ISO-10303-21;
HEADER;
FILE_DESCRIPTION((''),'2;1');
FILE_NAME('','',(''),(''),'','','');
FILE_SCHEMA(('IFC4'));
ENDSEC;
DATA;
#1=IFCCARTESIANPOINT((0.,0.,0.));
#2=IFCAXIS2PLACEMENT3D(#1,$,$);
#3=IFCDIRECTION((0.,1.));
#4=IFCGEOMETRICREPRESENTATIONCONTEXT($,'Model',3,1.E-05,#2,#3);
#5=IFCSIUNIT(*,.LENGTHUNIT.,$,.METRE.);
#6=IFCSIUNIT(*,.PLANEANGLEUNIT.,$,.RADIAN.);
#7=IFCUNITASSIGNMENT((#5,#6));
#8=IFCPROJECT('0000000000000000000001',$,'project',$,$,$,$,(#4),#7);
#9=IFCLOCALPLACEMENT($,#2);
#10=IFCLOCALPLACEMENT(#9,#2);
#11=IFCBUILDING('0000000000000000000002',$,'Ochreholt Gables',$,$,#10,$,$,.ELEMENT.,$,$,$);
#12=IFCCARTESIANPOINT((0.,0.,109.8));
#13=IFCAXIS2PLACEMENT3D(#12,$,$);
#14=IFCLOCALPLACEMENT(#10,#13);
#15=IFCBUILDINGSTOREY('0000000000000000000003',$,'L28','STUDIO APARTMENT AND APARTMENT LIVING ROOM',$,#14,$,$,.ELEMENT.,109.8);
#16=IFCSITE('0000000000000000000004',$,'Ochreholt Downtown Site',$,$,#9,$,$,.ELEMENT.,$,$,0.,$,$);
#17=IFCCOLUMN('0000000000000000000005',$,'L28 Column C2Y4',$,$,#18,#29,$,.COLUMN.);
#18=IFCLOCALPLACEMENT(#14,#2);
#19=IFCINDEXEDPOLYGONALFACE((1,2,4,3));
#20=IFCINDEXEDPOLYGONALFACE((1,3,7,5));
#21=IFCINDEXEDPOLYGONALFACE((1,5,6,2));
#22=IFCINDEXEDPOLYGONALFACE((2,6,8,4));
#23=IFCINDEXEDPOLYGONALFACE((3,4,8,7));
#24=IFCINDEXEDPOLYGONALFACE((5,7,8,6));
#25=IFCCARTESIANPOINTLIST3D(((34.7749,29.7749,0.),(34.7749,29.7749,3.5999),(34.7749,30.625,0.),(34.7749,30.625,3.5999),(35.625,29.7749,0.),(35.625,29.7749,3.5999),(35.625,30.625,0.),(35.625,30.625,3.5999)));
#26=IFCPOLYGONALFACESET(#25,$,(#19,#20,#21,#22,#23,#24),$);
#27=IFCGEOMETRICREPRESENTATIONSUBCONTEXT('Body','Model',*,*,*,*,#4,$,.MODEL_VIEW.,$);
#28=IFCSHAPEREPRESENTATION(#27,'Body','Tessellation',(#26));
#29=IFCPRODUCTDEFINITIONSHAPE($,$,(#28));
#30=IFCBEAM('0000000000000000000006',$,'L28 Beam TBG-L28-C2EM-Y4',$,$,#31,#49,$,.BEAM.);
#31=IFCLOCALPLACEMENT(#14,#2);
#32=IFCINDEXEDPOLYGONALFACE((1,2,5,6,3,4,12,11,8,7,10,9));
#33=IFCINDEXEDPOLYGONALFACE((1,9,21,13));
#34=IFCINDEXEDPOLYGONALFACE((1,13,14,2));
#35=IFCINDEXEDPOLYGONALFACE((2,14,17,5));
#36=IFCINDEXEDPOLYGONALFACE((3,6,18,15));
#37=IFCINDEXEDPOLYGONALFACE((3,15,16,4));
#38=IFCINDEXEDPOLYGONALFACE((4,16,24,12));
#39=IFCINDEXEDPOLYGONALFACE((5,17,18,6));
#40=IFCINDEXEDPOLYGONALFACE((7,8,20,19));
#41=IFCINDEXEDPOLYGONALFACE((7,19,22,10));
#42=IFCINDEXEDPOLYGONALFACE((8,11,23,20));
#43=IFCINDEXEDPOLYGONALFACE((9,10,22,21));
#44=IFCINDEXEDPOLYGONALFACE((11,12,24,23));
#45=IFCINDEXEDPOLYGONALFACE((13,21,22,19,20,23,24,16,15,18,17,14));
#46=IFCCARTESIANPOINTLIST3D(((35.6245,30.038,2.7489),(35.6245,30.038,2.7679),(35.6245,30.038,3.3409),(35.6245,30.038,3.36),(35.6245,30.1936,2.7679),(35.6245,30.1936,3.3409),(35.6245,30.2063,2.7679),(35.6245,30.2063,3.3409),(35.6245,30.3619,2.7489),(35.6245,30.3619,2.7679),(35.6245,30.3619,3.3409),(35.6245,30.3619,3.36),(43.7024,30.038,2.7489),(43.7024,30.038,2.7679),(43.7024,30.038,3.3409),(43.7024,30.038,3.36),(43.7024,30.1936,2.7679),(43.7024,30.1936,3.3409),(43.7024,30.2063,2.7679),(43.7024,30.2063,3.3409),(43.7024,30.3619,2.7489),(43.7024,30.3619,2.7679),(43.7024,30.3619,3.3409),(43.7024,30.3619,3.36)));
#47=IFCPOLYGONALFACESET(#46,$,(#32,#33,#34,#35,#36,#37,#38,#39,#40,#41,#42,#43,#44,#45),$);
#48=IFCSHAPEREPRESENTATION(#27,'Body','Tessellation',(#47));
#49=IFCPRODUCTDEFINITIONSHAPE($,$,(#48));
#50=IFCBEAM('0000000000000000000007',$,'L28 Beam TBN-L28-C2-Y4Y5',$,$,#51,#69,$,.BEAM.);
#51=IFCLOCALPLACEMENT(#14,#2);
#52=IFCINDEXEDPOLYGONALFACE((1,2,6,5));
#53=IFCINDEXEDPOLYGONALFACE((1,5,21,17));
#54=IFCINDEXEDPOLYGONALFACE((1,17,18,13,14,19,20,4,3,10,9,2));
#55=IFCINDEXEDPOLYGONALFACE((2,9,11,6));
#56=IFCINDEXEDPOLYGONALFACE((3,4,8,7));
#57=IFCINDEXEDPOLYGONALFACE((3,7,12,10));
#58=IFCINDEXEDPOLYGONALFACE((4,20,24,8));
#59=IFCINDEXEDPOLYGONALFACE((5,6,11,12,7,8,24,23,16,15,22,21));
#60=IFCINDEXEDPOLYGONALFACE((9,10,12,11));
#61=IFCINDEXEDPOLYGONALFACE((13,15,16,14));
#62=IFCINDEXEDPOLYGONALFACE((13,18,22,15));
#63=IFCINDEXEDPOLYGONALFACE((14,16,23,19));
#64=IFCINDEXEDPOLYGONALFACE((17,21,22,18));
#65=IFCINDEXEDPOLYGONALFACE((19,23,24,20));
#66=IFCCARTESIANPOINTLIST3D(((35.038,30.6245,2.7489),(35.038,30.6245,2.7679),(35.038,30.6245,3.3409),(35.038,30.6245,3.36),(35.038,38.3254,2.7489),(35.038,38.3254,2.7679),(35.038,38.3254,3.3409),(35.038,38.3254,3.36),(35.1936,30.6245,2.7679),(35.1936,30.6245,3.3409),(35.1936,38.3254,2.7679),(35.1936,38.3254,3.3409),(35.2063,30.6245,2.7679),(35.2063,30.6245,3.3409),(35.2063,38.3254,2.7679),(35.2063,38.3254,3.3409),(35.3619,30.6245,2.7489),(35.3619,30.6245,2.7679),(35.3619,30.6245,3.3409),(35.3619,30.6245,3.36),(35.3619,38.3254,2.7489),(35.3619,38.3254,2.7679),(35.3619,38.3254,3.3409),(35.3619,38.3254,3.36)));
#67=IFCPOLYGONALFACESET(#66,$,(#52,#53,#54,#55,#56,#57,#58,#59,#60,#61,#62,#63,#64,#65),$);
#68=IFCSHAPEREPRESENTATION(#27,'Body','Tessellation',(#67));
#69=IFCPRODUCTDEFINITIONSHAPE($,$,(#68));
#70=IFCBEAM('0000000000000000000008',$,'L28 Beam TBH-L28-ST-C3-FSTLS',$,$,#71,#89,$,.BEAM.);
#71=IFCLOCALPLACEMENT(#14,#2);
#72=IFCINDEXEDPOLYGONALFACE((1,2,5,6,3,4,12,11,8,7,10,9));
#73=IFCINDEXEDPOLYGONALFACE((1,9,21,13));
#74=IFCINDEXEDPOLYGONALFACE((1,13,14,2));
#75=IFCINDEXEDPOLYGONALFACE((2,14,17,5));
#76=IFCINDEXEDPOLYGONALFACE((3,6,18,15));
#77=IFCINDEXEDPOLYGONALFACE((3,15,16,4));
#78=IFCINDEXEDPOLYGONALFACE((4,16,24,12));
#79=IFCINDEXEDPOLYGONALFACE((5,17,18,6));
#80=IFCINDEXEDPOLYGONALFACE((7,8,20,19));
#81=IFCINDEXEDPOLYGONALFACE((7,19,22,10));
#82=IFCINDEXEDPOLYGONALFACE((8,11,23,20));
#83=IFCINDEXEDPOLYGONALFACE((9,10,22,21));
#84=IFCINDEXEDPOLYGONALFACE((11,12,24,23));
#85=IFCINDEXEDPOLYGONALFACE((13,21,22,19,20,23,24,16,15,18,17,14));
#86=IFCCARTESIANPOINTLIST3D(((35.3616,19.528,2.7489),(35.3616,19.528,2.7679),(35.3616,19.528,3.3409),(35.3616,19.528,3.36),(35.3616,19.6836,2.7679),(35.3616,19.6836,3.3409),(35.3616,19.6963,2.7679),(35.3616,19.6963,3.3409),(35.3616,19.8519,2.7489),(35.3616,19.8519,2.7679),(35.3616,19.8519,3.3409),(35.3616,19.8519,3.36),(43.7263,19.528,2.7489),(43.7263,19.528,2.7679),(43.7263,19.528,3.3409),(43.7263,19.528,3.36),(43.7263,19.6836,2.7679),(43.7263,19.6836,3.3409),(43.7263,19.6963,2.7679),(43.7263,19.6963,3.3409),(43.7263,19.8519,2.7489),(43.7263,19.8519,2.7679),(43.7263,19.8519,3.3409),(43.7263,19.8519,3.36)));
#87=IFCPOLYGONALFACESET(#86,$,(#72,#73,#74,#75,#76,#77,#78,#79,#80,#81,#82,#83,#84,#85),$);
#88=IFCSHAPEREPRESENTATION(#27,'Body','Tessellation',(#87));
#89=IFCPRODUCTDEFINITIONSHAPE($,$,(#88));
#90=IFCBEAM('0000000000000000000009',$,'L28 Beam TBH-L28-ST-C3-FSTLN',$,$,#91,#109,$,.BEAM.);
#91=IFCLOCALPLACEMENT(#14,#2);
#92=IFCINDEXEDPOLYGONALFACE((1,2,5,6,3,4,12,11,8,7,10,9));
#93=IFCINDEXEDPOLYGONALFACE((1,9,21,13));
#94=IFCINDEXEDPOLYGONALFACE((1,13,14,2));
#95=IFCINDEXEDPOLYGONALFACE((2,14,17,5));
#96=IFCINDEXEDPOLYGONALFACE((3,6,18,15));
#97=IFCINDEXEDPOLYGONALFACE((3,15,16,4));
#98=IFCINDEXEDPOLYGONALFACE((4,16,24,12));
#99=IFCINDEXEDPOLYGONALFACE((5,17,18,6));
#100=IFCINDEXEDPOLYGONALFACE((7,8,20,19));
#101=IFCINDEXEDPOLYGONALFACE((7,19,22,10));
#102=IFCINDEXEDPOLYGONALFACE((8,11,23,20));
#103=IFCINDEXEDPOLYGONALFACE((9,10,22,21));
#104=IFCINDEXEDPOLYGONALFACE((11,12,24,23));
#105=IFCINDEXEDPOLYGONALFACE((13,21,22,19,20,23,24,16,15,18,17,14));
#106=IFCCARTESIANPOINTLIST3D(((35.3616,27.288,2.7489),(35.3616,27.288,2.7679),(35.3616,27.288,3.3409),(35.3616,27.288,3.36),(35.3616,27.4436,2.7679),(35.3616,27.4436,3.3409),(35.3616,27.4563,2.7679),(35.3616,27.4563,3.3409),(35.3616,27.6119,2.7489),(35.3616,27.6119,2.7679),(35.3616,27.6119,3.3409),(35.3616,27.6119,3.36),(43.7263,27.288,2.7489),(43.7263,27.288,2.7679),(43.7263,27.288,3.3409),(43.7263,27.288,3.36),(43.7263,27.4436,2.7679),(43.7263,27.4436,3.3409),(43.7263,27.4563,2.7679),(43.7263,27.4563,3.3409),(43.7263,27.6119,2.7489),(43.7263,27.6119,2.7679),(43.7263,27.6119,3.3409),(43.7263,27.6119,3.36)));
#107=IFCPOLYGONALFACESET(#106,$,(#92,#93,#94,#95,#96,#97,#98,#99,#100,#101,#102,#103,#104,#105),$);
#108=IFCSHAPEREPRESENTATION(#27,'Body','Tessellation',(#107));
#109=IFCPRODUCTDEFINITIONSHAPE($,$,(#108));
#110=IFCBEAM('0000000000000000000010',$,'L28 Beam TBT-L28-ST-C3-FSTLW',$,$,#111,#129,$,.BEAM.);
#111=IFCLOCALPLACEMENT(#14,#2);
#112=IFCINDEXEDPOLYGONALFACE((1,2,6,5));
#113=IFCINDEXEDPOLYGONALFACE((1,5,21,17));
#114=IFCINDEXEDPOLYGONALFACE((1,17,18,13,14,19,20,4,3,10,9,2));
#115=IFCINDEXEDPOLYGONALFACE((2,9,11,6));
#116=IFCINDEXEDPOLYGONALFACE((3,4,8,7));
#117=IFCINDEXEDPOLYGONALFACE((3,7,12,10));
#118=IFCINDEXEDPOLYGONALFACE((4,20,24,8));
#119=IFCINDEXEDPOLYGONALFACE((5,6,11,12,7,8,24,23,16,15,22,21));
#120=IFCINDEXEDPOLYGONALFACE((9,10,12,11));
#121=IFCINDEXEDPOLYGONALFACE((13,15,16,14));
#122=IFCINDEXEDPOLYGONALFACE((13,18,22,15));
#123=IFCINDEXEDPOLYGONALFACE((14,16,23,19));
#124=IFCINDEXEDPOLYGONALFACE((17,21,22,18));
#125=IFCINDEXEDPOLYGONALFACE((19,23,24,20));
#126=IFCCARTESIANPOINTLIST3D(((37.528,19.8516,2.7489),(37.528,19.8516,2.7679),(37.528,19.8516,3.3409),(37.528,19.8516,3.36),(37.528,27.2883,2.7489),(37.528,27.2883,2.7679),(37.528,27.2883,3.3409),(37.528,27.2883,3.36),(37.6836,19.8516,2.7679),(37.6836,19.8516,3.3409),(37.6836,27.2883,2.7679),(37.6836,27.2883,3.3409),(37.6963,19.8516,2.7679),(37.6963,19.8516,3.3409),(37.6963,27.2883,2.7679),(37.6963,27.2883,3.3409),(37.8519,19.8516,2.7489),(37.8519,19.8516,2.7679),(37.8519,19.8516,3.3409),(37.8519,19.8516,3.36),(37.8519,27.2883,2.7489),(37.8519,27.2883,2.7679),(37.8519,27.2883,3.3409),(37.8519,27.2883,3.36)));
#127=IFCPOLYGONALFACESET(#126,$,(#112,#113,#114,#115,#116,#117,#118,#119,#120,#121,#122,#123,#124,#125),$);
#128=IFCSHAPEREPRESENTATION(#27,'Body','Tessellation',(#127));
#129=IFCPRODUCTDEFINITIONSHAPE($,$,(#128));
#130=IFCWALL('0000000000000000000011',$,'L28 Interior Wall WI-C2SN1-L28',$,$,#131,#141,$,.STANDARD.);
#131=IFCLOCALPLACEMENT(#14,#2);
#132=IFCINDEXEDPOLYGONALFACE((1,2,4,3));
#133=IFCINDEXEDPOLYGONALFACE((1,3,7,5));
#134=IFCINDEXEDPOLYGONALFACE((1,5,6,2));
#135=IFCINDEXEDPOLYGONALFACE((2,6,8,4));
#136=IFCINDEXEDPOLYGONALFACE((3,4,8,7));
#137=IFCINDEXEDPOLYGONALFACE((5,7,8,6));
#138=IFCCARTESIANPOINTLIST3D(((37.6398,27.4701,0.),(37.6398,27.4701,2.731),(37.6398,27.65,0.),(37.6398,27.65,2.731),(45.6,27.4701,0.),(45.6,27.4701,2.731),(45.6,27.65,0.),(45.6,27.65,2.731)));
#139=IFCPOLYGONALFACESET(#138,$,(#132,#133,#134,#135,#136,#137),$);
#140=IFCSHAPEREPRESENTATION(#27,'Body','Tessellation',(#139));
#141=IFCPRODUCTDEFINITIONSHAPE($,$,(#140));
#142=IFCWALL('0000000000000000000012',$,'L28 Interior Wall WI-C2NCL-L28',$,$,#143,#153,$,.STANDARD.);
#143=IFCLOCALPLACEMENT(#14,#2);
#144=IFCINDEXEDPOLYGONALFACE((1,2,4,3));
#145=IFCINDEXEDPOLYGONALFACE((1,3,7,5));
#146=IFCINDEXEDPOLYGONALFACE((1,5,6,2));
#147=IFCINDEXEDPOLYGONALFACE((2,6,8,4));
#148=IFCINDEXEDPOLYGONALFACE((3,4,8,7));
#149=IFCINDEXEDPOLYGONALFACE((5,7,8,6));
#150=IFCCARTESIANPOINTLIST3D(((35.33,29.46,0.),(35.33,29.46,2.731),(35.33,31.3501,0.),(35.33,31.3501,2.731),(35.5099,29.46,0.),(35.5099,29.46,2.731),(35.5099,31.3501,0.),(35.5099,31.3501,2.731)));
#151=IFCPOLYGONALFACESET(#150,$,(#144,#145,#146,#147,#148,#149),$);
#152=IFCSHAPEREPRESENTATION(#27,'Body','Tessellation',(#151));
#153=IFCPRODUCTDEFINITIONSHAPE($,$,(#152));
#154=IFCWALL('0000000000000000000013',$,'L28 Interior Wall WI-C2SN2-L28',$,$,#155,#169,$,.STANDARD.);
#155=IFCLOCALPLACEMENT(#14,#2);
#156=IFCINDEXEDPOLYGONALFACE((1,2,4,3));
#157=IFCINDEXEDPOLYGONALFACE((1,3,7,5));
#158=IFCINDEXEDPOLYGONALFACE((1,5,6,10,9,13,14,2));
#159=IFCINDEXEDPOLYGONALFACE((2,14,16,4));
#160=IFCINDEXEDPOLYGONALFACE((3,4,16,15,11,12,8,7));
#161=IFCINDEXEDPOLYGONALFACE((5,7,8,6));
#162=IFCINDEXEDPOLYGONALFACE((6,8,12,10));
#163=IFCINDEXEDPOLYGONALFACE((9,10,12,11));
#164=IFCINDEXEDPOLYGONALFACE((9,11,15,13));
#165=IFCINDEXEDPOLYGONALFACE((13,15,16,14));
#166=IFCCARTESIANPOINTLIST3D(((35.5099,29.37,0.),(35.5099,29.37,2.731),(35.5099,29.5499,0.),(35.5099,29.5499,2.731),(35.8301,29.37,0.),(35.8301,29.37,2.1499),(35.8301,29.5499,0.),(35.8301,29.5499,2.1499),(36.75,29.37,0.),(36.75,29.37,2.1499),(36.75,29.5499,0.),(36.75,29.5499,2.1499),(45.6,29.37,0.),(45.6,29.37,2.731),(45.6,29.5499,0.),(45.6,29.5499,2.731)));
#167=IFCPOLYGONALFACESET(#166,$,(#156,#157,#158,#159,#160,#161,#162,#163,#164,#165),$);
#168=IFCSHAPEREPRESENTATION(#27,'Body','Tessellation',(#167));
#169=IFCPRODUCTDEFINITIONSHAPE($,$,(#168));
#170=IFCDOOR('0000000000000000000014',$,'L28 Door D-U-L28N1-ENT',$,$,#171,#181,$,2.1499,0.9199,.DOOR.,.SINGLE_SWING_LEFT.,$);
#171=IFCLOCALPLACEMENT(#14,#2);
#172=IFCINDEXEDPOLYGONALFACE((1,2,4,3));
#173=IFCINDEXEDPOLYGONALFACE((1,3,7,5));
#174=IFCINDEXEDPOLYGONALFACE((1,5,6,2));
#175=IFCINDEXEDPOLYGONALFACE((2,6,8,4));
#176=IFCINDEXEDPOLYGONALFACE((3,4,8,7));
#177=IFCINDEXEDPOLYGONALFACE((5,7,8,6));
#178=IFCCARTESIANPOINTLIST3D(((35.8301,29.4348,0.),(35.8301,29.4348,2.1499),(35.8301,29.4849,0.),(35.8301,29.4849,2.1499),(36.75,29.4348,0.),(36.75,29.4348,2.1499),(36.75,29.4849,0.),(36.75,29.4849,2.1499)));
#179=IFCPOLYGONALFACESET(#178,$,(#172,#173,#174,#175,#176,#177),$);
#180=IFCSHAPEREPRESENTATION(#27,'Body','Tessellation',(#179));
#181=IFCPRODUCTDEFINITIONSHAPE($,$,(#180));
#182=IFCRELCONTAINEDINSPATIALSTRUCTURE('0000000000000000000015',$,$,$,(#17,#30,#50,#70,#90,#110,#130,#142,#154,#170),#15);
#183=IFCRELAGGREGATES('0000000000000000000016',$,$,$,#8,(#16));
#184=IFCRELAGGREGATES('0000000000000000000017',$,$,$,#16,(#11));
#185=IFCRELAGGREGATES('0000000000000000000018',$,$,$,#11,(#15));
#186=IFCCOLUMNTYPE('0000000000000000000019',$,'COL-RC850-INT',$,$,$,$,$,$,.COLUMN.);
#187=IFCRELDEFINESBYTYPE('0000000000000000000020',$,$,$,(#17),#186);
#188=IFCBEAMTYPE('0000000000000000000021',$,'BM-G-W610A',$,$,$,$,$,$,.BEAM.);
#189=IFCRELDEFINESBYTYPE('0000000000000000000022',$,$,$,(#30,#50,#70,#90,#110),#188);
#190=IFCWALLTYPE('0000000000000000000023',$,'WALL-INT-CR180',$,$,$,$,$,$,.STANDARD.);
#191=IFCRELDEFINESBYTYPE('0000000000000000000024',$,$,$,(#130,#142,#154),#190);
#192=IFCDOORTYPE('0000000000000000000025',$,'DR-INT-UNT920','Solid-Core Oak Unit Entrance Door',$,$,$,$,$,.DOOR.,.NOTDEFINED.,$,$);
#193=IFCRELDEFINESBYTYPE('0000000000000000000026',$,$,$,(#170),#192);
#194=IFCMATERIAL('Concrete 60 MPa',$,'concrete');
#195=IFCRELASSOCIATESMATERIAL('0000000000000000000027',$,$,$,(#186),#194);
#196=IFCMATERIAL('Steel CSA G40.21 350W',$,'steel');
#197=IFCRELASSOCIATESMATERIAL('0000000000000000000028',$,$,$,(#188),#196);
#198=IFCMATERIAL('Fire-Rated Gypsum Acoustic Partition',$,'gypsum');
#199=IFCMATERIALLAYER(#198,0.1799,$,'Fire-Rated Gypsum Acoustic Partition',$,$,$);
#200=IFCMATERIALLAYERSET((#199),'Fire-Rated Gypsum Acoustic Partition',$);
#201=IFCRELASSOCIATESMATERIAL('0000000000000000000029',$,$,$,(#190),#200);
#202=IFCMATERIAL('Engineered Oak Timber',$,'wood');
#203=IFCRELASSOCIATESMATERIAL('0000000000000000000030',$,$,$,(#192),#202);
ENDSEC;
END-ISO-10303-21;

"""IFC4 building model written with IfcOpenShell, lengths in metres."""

from ifc_helpers import new_model, si_unit, direction, frame, frame_2d, origin, origin_2d, place, context, subcontext, project, spatial, rectangle, i_section, extrude, material, layer, layer_set, material_profile, profile_set, type_object, element, fill, save


model = new_model("IFC4")

# Units and contexts
model_context = context("Model", 3, precision=1e-05, world=origin(), true_north=direction((0.0, 1.0)))
body_context = subcontext(model_context, "Body", "Model", "MODEL_VIEW")
ifc_project = project(units=[si_unit("LENGTHUNIT", "METRE"), si_unit("PLANEANGLEUNIT", "RADIAN")], contexts=[model_context])

# Site, building, storey
site_placement = place(None, origin())
site = spatial("IfcSite", under=ifc_project, at=site_placement, Name="Ochreholt Downtown Site", CompositionType="ELEMENT", RefElevation=0.0)
building_placement = place(site_placement, origin())
building = spatial("IfcBuilding", under=site, at=building_placement, Name="Ochreholt Gables", CompositionType="ELEMENT")
storey_placement = place(building_placement, frame((0.0, 0.0, 109.8)))
storey = spatial("IfcBuildingStorey", under=building, at=storey_placement, Name="L28", Description="STUDIO APARTMENT AND APARTMENT LIVING ROOM", CompositionType="ELEMENT", Elevation=109.8)

# Column
ifc_material_1 = material(Name="Concrete 60 MPa", Category="concrete")
ifc_material_profile_1 = material_profile(ifc_material_1, rectangle(XDim=0.8501, YDim=0.8501, at=origin_2d()), Name="RC850X850")
ifc_profile_set_1 = profile_set([ifc_material_profile_1], Name="Concrete 60 MPa")
column_type = type_object("IfcColumnType", Name="COL-RC850-INT", PredefinedType="COLUMN", material=ifc_profile_set_1)
column_placement = place(storey_placement, frame((35.2, 30.2, 0.0), z_axis=(0.0, 0.0, 1.0), x_axis=(1.0, 0.0, 0.0)))
element("IfcColumn", 1, at=column_placement, inside=storey, type_object=column_type, Name="L28 Column C2Y4", PredefinedType="COLUMN", context=body_context, shape_type="SweptSolid", body=[
    extrude(rectangle(XDim=0.8501, YDim=0.8501, at=origin_2d()), origin(), (0.0, 0.0, 1.0), 3.5999),
])

# Beams
ifc_material_2 = material(Name="Steel CSA G40.21 350W", Category="steel")
ifc_material_profile_2 = material_profile(ifc_material_2, i_section(OverallWidth=0.324, OverallDepth=0.6111, WebThickness=0.0127, FlangeThickness=0.019, at=origin_2d()), Name="W610X155")
ifc_profile_set_2 = profile_set([ifc_material_profile_2], Name="Steel CSA G40.21 350W")
beam_type = type_object("IfcBeamType", Name="BM-G-W610A", PredefinedType="BEAM", material=ifc_profile_set_2)
beam_1_placement = place(storey_placement, frame((35.6245, 30.2, 3.0544), z_axis=(1.0, 0.0, 0.0), x_axis=(0.0, 1.0, 0.0)))
element("IfcBeam", 2, at=beam_1_placement, inside=storey, type_object=beam_type, Name="L28 Beam TBG-L28-C2EM-Y4", PredefinedType="BEAM", context=body_context, shape_type="SweptSolid", body=[
    extrude(i_section(OverallWidth=0.324, OverallDepth=0.6111, WebThickness=0.0127, FlangeThickness=0.019, at=origin_2d()), origin(), (0.0, 0.0, 1.0), 8.0779),
])
beam_2_placement = place(storey_placement, frame((35.2, 30.6245, 3.0544), z_axis=(0.0, 1.0, 0.0), x_axis=(-1.0, 0.0, 0.0)))
element("IfcBeam", 3, at=beam_2_placement, inside=storey, type_object=beam_type, Name="L28 Beam TBN-L28-C2-Y4Y5", PredefinedType="BEAM", context=body_context, shape_type="SweptSolid", body=[
    extrude(i_section(OverallWidth=0.324, OverallDepth=0.6111, WebThickness=0.0127, FlangeThickness=0.019, at=origin_2d()), origin(), (0.0, 0.0, 1.0), 7.7009),
])
for number, where, z_axis, x_axis, name in (
    (4, (35.3616, 19.6899, 3.0544), (1.0, 0.0, 0.0), (0.0, 1.0, 0.0), "L28 Beam TBH-L28-ST-C3-FSTLS"),
    (5, (35.3616, 27.45, 3.0544), (1.0, 0.0, 0.0), (0.0, 1.0, 0.0), "L28 Beam TBH-L28-ST-C3-FSTLN"),
):
    element("IfcBeam", number, at=place(storey_placement, frame(where, z_axis=z_axis, x_axis=x_axis)), inside=storey, type_object=beam_type, Name=name, PredefinedType="BEAM", context=body_context, shape_type="SweptSolid", body=[
        extrude(i_section(OverallWidth=0.324, OverallDepth=0.6111, WebThickness=0.0127, FlangeThickness=0.019, at=origin_2d()), origin(), (0.0, 0.0, 1.0), 8.3647),
    ])
beam_3_placement = place(storey_placement, frame((37.6899, 19.8516, 3.0544), z_axis=(0.0, 1.0, 0.0), x_axis=(-1.0, 0.0, 0.0)))
element("IfcBeam", 6, at=beam_3_placement, inside=storey, type_object=beam_type, Name="L28 Beam TBT-L28-ST-C3-FSTLW", PredefinedType="BEAM", context=body_context, shape_type="SweptSolid", body=[
    extrude(i_section(OverallWidth=0.324, OverallDepth=0.6111, WebThickness=0.0127, FlangeThickness=0.019, at=origin_2d()), origin(), (0.0, 0.0, 1.0), 7.4368),
])

# Walls
ifc_material_3 = material(Name="Fire-Rated Gypsum Acoustic Partition", Category="gypsum")
ifc_layer_1 = layer(ifc_material_3, 0.1799, Name="Fire-Rated Gypsum Acoustic Partition")
ifc_layer_set_1 = layer_set([ifc_layer_1], Name="Fire-Rated Gypsum Acoustic Partition")
wall_type_1 = type_object("IfcWallType", Name="WALL-INT-CR180", PredefinedType="STANDARD", material=ifc_layer_set_1)
wall_1_placement = place(storey_placement, frame((37.6399, 27.5601, 0.0), z_axis=(0.0, 0.0, 1.0), x_axis=(1.0, 0.0, 0.0)))
element("IfcWall", 7, at=wall_1_placement, inside=storey, type_object=wall_type_1, Name="L28 Interior Wall WI-C2SN1-L28", PredefinedType="STANDARD", context=body_context, shape_type="SweptSolid", body=[
    extrude(rectangle(XDim=7.9602, YDim=0.1799, at=frame_2d((3.98, 0.0))), origin(), (0.0, 0.0, 1.0), 2.731),
])
wall_2_placement = place(storey_placement, frame((35.4199, 29.46, 0.0), z_axis=(0.0, 0.0, 1.0), x_axis=(0.0, 1.0, 0.0)))
element("IfcWall", 8, at=wall_2_placement, inside=storey, type_object=wall_type_1, Name="L28 Interior Wall WI-C2NCL-L28", PredefinedType="STANDARD", context=body_context, shape_type="SweptSolid", body=[
    extrude(rectangle(XDim=1.8901, YDim=0.1799, at=frame_2d((0.9451, 0.0))), origin(), (0.0, 0.0, 1.0), 2.731),
])

# Wall, opening, door
wall_3_placement = place(storey_placement, frame((35.51, 29.46, 0.0), z_axis=(0.0, 0.0, 1.0), x_axis=(1.0, 0.0, 0.0)))
wall_3 = element("IfcWall", 9, at=wall_3_placement, inside=storey, type_object=wall_type_1, Name="L28 Interior Wall WI-C2SN2-L28", PredefinedType="STANDARD", context=body_context, shape_type="SweptSolid", body=[
    extrude(rectangle(XDim=10.0901, YDim=0.1799, at=frame_2d((5.0449, 0.0))), origin(), (0.0, 0.0, 1.0), 2.731),
])
opening_placement = place(wall_3_placement, frame((0.3201, 0.0, 0.0)))
opening = element("IfcOpeningElement", 10, at=opening_placement, cuts=wall_3, PredefinedType="OPENING", context=body_context, shape_type="SweptSolid", body=[
    extrude(rectangle(XDim=0.9199, YDim=2.1499, at=frame_2d((0.46, 1.075))), frame((0.0, 0.0999, 0.0), z_axis=(0.0, -1.0, 0.0), x_axis=(1.0, 0.0, 0.0)), (0.0, 0.0, 1.0), 0.2),
])
ifc_material_4 = material(Name="Engineered Oak Timber", Category="wood")
door_type = type_object("IfcDoorType", Name="DR-INT-UNT920", Description="Solid-Core Oak Unit Entrance Door", OperationType="NOTDEFINED", PredefinedType="DOOR", material=ifc_material_4)
door_placement = place(opening_placement, origin())
door = element("IfcDoor", 11, at=door_placement, inside=storey, type_object=door_type, Name="L28 Door D-U-L28N1-ENT", OperationType="SINGLE_SWING_LEFT", OverallHeight=2.1499, OverallWidth=0.9199, PredefinedType="DOOR", context=body_context, shape_type="SweptSolid", body=[
    extrude(rectangle(XDim=0.9199, YDim=2.1499, at=frame_2d((0.46, 1.075))), frame((0.0, 0.0249, 0.0), z_axis=(0.0, -1.0, 0.0), x_axis=(1.0, 0.0, 0.0)), (0.0, 0.0, 1.0), 0.05),
])
fill(opening, door)

save(model, "model.ifc")
